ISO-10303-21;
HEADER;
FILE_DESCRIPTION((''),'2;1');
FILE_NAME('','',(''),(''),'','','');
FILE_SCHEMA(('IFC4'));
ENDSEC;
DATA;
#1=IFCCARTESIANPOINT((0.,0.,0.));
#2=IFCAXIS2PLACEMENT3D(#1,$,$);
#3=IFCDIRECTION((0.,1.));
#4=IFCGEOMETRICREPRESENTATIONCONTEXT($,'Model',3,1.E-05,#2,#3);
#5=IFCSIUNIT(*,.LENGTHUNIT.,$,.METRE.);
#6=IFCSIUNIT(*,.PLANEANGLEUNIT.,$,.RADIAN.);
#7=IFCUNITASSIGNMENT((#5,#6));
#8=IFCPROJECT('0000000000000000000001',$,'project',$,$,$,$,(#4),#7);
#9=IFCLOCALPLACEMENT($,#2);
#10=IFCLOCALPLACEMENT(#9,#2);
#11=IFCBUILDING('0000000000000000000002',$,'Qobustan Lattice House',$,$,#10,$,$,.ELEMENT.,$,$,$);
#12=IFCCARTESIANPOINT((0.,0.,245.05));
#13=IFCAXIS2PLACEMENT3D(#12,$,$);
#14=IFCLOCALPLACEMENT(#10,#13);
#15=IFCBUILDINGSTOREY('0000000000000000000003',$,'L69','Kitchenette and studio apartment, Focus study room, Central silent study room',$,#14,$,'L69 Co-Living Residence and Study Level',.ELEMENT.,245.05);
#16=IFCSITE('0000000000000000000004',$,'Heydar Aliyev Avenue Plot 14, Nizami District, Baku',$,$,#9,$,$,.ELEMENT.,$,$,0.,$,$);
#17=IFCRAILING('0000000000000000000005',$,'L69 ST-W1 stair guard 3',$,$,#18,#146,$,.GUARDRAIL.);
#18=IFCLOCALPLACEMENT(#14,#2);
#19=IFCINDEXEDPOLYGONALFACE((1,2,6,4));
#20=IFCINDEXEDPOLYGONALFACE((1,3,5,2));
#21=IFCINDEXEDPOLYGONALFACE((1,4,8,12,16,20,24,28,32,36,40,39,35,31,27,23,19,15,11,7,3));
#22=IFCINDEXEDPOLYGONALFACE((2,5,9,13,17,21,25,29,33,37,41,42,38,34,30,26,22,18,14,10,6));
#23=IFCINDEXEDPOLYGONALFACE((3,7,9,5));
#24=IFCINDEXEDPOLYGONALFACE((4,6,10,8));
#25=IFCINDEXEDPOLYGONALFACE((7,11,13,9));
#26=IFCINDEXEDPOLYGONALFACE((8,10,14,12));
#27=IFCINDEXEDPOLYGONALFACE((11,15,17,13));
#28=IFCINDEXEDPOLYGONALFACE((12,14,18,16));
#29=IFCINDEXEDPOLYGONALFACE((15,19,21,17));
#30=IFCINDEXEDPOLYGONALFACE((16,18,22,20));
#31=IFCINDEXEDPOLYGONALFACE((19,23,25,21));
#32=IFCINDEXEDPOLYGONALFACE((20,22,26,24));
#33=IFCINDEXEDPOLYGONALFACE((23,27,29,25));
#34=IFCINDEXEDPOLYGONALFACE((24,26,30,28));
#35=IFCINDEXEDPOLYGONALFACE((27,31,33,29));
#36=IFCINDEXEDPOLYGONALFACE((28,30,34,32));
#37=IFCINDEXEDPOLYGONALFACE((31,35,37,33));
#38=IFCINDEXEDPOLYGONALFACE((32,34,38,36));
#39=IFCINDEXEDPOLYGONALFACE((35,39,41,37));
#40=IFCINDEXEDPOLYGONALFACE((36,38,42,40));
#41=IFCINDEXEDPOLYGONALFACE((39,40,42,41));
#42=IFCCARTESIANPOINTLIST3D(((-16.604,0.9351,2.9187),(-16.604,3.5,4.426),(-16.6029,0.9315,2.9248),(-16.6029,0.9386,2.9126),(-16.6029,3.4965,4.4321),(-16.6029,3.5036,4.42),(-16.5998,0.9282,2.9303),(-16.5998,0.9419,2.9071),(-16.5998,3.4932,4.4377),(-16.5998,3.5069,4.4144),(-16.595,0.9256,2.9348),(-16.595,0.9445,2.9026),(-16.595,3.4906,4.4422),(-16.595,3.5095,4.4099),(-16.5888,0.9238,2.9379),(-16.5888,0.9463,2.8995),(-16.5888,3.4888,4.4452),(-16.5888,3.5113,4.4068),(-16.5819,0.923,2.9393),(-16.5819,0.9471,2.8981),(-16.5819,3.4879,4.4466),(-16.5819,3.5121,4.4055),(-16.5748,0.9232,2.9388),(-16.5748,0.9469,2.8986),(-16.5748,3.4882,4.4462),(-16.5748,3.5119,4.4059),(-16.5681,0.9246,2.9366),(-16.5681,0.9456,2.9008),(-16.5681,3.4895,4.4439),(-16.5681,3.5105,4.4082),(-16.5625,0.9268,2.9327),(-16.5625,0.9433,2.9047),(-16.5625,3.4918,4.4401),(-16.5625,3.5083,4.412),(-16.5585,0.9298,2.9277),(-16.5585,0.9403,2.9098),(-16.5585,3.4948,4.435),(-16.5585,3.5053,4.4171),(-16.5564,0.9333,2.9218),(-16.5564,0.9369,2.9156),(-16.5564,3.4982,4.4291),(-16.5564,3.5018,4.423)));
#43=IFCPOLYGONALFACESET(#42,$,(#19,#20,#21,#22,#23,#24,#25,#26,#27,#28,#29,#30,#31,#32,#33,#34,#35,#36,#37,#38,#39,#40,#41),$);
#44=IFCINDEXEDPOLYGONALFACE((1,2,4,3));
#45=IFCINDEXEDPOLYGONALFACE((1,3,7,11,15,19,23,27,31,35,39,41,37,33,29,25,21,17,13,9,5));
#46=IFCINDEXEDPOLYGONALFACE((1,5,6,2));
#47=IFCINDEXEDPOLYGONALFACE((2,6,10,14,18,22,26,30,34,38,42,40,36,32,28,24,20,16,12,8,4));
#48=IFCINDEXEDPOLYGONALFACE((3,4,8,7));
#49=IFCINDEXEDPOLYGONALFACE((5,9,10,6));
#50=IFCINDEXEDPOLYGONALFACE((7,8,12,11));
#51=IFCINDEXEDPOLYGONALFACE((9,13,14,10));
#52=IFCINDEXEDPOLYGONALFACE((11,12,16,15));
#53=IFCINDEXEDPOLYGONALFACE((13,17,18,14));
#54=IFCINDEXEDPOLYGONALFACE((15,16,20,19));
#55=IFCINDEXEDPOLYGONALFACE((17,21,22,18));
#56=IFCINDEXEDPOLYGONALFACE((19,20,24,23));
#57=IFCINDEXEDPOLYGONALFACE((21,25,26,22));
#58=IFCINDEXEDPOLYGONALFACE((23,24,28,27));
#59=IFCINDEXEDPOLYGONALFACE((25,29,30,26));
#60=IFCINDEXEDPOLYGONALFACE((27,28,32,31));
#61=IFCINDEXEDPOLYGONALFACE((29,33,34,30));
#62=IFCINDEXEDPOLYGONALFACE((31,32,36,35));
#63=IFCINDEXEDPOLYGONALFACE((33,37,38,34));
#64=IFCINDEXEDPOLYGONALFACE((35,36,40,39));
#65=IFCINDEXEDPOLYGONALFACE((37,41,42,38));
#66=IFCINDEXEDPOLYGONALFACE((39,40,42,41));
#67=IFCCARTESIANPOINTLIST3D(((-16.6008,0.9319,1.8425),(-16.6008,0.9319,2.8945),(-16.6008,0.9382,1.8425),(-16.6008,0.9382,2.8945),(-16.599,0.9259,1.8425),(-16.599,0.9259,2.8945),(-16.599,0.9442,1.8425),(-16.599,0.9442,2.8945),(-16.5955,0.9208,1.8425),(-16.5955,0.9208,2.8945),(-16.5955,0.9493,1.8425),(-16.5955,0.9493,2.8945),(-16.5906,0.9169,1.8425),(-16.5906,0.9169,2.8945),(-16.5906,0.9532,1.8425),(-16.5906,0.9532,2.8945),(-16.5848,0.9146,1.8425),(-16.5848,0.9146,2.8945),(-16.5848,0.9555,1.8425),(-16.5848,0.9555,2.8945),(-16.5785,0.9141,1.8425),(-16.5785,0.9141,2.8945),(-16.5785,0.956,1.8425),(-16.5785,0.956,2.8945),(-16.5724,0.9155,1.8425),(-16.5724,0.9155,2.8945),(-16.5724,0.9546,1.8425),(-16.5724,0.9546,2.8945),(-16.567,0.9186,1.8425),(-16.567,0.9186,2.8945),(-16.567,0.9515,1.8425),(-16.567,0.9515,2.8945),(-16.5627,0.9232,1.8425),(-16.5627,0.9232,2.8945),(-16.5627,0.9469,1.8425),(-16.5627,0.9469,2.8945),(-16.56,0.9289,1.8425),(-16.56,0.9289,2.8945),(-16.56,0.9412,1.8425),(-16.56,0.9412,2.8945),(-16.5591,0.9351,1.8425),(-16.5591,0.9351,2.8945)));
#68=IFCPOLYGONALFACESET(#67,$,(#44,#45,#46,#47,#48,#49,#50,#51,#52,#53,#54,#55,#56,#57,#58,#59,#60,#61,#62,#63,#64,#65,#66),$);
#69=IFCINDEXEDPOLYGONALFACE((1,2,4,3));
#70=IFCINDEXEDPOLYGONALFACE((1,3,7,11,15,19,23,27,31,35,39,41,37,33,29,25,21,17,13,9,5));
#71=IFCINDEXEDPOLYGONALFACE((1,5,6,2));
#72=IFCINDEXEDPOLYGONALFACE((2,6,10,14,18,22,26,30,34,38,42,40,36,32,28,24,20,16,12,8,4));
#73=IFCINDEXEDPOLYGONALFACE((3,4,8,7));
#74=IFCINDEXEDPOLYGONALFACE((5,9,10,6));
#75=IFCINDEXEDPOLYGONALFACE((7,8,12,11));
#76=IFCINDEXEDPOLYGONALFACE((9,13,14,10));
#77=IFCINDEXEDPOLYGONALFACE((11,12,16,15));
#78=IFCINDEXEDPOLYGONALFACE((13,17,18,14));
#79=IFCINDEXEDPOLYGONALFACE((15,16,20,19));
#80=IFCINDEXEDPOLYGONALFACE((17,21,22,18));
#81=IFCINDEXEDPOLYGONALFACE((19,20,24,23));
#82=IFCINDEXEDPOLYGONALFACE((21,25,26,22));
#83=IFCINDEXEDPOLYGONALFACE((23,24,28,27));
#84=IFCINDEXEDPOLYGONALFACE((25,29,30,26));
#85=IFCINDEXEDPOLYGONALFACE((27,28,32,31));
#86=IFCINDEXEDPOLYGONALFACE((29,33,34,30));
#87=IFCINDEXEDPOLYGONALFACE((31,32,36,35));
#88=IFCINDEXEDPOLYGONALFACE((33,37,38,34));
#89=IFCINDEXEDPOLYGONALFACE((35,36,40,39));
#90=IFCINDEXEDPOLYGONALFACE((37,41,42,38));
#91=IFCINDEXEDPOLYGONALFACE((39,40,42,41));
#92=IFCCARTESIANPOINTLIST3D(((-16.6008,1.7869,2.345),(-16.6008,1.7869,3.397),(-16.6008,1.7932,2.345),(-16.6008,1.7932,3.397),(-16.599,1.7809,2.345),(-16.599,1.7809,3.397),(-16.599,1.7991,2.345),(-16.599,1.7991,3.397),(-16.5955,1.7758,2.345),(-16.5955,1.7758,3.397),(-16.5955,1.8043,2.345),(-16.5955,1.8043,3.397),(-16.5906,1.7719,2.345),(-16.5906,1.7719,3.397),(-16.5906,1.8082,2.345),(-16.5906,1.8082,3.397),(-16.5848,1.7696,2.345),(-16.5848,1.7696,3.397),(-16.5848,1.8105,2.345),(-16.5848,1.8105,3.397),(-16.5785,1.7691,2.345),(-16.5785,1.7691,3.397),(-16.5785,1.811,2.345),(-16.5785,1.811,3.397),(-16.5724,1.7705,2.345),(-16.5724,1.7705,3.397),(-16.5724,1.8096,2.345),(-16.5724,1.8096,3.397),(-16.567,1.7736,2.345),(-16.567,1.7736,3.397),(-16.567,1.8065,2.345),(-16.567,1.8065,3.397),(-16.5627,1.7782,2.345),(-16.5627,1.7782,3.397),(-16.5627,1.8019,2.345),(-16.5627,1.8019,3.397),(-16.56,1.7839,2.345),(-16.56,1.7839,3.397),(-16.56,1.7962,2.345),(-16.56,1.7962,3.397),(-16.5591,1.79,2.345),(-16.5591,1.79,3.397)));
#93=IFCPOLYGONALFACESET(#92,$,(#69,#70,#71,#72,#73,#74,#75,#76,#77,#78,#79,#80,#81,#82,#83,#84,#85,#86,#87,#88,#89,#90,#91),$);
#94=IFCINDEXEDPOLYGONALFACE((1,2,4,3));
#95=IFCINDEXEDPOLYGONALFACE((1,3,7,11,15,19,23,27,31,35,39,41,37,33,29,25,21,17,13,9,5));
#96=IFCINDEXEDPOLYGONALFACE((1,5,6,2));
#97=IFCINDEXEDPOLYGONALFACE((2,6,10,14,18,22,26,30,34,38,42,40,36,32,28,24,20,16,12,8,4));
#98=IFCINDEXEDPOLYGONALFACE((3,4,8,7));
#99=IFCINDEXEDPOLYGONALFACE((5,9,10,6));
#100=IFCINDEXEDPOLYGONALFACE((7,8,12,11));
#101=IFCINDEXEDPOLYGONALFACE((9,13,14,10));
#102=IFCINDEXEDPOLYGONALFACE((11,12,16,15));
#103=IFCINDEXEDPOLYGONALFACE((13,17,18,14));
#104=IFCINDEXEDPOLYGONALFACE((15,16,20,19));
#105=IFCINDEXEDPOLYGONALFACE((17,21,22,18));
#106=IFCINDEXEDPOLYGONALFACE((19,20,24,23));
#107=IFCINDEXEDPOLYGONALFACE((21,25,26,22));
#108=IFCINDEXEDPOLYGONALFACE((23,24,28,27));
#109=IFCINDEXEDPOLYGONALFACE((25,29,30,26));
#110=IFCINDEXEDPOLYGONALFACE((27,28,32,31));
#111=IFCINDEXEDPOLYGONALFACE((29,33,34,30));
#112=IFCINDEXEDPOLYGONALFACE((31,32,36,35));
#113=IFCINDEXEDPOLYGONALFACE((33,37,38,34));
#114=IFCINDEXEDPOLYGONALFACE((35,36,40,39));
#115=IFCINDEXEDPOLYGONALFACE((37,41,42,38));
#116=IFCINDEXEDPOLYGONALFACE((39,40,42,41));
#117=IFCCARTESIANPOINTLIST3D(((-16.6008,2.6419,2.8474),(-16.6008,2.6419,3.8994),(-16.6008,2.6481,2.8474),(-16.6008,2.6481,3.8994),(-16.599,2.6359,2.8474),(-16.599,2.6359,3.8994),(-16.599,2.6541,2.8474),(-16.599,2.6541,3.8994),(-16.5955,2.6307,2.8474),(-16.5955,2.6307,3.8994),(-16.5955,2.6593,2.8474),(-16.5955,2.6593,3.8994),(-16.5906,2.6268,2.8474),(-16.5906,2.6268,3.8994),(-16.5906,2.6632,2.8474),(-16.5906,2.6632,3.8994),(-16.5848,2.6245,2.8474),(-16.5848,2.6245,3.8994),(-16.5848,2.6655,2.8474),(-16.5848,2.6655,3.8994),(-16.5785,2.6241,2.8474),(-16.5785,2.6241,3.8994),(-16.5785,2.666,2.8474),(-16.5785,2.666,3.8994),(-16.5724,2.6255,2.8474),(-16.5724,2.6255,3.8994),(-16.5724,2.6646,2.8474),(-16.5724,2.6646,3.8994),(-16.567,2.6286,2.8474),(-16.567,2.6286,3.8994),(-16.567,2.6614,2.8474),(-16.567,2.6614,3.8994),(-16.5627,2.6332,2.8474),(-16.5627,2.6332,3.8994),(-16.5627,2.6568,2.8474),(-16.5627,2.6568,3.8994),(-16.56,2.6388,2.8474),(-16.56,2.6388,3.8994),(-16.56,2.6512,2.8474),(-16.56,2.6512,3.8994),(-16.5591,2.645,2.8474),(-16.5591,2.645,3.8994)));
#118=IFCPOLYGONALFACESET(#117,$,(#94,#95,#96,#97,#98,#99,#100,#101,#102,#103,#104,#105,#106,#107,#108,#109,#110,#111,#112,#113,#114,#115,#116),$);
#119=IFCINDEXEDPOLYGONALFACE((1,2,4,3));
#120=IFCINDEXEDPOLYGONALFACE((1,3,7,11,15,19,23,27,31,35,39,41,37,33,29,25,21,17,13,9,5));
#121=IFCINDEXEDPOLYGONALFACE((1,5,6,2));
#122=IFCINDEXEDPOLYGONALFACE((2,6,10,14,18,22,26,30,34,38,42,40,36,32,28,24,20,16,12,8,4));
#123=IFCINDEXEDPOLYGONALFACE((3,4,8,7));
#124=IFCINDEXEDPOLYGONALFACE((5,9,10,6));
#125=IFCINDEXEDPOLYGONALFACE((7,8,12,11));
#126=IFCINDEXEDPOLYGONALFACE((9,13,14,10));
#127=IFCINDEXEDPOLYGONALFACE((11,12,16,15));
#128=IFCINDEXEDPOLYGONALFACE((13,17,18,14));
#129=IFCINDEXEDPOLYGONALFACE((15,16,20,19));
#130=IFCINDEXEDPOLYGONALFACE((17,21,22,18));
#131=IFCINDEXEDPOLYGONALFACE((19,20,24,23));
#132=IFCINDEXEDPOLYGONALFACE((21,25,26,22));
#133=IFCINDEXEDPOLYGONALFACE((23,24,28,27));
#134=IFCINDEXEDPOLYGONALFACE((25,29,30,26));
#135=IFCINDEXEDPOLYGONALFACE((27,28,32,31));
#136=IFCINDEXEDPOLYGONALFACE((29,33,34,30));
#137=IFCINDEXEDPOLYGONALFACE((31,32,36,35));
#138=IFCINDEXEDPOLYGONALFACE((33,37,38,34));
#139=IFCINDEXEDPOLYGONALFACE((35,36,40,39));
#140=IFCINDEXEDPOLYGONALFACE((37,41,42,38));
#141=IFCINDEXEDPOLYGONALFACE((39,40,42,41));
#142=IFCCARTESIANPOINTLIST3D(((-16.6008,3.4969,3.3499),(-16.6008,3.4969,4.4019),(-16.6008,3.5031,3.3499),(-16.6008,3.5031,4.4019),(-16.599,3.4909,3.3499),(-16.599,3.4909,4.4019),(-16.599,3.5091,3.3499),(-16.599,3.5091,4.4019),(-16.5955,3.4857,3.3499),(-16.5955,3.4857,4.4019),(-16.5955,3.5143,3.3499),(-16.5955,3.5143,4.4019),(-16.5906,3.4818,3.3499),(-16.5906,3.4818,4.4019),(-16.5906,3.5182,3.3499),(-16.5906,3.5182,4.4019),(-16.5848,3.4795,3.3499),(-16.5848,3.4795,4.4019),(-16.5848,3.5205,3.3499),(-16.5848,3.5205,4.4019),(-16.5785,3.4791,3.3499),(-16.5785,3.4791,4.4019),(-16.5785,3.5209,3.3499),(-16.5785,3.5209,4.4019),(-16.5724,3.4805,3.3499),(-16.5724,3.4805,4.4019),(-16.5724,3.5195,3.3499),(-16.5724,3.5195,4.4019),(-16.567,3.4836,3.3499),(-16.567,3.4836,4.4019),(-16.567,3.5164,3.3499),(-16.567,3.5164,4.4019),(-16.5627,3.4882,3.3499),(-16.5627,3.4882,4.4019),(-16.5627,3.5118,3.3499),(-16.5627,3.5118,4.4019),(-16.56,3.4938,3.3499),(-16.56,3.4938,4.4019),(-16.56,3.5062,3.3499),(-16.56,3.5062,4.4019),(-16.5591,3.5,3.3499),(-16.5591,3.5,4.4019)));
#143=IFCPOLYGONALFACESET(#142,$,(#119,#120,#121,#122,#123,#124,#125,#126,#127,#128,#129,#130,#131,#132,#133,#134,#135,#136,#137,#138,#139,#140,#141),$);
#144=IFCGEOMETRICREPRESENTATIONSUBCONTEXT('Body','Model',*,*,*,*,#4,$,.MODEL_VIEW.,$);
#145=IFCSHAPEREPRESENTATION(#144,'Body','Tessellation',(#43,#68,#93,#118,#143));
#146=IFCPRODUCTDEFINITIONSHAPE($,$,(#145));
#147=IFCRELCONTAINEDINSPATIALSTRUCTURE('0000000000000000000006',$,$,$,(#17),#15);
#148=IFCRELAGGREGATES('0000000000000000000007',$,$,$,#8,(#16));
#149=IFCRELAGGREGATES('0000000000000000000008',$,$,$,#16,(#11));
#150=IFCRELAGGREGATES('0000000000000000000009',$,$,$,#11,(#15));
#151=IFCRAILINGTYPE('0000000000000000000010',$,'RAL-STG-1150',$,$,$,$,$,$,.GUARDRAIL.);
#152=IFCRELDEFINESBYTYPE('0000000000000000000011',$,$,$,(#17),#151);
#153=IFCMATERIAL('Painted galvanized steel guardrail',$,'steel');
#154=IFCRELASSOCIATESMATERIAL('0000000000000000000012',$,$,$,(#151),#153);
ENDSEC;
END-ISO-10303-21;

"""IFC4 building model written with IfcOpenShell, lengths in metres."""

from ifc_helpers import new_model, si_unit, direction, frame, origin, origin_2d, place, context, subcontext, project, spatial, circle, extrude, material, type_object, element, save


model = new_model("IFC4")

# Units and contexts
model_context = context("Model", 3, precision=1e-05, world=origin(), true_north=direction((0.0, 1.0)))
body_context = subcontext(model_context, "Body", "Model", "MODEL_VIEW")
ifc_project = project(units=[si_unit("LENGTHUNIT", "METRE"), si_unit("PLANEANGLEUNIT", "RADIAN")], contexts=[model_context])

# Site, building, storey
site_placement = place(None, origin())
site = spatial("IfcSite", under=ifc_project, at=site_placement, Name="Heydar Aliyev Avenue Plot 14, Nizami District, Baku", CompositionType="ELEMENT", RefElevation=0.0)
building_placement = place(site_placement, origin())
building = spatial("IfcBuilding", under=site, at=building_placement, Name="Qobustan Lattice House", CompositionType="ELEMENT")
storey_placement = place(building_placement, frame((0.0, 0.0, 245.05)))
storey = spatial("IfcBuildingStorey", under=building, at=storey_placement, Name="L69", Description="Kitchenette and studio apartment, Focus study room, Central silent study room", LongName="L69 Co-Living Residence and Study Level", CompositionType="ELEMENT", Elevation=245.05)

# Railing
ifc_material_1 = material(Name="Painted galvanized steel guardrail", Category="steel")
railing_type_1 = type_object("IfcRailingType", Name="RAL-STG-1150", PredefinedType="GUARDRAIL", material=ifc_material_1)
railing_1_placement = place(storey_placement, frame((-16.5801, 0.9351, 1.8425)))
element("IfcRailing", 1, at=railing_1_placement, inside=storey, type_object=railing_type_1, Name="L69 ST-W1 stair guard 3", PredefinedType="GUARDRAIL", context=body_context, shape_type="SweptSolid", body=[
    extrude(circle(Radius=0.0239, at=origin_2d()), frame((0.0, 0.0, 1.0762), z_axis=(0.0, 0.862149, 0.506654), x_axis=(-1.0, 0.0, 0.0)), (0.0, 0.0, 1.0), 2.9751),
    extrude(circle(Radius=0.021, at=origin_2d()), origin(), (0.0, 0.0, 1.0), 1.052),
    extrude(circle(Radius=0.021, at=origin_2d()), frame((0.0, 0.855, 0.5024)), (0.0, 0.0, 1.0), 1.052),
    extrude(circle(Radius=0.021, at=origin_2d()), frame((0.0, 1.71, 1.0049)), (0.0, 0.0, 1.0), 1.052),
    extrude(circle(Radius=0.021, at=origin_2d()), frame((0.0, 2.5649, 1.5073)), (0.0, 0.0, 1.0), 1.052),
])

save(model, "model.ifc")
